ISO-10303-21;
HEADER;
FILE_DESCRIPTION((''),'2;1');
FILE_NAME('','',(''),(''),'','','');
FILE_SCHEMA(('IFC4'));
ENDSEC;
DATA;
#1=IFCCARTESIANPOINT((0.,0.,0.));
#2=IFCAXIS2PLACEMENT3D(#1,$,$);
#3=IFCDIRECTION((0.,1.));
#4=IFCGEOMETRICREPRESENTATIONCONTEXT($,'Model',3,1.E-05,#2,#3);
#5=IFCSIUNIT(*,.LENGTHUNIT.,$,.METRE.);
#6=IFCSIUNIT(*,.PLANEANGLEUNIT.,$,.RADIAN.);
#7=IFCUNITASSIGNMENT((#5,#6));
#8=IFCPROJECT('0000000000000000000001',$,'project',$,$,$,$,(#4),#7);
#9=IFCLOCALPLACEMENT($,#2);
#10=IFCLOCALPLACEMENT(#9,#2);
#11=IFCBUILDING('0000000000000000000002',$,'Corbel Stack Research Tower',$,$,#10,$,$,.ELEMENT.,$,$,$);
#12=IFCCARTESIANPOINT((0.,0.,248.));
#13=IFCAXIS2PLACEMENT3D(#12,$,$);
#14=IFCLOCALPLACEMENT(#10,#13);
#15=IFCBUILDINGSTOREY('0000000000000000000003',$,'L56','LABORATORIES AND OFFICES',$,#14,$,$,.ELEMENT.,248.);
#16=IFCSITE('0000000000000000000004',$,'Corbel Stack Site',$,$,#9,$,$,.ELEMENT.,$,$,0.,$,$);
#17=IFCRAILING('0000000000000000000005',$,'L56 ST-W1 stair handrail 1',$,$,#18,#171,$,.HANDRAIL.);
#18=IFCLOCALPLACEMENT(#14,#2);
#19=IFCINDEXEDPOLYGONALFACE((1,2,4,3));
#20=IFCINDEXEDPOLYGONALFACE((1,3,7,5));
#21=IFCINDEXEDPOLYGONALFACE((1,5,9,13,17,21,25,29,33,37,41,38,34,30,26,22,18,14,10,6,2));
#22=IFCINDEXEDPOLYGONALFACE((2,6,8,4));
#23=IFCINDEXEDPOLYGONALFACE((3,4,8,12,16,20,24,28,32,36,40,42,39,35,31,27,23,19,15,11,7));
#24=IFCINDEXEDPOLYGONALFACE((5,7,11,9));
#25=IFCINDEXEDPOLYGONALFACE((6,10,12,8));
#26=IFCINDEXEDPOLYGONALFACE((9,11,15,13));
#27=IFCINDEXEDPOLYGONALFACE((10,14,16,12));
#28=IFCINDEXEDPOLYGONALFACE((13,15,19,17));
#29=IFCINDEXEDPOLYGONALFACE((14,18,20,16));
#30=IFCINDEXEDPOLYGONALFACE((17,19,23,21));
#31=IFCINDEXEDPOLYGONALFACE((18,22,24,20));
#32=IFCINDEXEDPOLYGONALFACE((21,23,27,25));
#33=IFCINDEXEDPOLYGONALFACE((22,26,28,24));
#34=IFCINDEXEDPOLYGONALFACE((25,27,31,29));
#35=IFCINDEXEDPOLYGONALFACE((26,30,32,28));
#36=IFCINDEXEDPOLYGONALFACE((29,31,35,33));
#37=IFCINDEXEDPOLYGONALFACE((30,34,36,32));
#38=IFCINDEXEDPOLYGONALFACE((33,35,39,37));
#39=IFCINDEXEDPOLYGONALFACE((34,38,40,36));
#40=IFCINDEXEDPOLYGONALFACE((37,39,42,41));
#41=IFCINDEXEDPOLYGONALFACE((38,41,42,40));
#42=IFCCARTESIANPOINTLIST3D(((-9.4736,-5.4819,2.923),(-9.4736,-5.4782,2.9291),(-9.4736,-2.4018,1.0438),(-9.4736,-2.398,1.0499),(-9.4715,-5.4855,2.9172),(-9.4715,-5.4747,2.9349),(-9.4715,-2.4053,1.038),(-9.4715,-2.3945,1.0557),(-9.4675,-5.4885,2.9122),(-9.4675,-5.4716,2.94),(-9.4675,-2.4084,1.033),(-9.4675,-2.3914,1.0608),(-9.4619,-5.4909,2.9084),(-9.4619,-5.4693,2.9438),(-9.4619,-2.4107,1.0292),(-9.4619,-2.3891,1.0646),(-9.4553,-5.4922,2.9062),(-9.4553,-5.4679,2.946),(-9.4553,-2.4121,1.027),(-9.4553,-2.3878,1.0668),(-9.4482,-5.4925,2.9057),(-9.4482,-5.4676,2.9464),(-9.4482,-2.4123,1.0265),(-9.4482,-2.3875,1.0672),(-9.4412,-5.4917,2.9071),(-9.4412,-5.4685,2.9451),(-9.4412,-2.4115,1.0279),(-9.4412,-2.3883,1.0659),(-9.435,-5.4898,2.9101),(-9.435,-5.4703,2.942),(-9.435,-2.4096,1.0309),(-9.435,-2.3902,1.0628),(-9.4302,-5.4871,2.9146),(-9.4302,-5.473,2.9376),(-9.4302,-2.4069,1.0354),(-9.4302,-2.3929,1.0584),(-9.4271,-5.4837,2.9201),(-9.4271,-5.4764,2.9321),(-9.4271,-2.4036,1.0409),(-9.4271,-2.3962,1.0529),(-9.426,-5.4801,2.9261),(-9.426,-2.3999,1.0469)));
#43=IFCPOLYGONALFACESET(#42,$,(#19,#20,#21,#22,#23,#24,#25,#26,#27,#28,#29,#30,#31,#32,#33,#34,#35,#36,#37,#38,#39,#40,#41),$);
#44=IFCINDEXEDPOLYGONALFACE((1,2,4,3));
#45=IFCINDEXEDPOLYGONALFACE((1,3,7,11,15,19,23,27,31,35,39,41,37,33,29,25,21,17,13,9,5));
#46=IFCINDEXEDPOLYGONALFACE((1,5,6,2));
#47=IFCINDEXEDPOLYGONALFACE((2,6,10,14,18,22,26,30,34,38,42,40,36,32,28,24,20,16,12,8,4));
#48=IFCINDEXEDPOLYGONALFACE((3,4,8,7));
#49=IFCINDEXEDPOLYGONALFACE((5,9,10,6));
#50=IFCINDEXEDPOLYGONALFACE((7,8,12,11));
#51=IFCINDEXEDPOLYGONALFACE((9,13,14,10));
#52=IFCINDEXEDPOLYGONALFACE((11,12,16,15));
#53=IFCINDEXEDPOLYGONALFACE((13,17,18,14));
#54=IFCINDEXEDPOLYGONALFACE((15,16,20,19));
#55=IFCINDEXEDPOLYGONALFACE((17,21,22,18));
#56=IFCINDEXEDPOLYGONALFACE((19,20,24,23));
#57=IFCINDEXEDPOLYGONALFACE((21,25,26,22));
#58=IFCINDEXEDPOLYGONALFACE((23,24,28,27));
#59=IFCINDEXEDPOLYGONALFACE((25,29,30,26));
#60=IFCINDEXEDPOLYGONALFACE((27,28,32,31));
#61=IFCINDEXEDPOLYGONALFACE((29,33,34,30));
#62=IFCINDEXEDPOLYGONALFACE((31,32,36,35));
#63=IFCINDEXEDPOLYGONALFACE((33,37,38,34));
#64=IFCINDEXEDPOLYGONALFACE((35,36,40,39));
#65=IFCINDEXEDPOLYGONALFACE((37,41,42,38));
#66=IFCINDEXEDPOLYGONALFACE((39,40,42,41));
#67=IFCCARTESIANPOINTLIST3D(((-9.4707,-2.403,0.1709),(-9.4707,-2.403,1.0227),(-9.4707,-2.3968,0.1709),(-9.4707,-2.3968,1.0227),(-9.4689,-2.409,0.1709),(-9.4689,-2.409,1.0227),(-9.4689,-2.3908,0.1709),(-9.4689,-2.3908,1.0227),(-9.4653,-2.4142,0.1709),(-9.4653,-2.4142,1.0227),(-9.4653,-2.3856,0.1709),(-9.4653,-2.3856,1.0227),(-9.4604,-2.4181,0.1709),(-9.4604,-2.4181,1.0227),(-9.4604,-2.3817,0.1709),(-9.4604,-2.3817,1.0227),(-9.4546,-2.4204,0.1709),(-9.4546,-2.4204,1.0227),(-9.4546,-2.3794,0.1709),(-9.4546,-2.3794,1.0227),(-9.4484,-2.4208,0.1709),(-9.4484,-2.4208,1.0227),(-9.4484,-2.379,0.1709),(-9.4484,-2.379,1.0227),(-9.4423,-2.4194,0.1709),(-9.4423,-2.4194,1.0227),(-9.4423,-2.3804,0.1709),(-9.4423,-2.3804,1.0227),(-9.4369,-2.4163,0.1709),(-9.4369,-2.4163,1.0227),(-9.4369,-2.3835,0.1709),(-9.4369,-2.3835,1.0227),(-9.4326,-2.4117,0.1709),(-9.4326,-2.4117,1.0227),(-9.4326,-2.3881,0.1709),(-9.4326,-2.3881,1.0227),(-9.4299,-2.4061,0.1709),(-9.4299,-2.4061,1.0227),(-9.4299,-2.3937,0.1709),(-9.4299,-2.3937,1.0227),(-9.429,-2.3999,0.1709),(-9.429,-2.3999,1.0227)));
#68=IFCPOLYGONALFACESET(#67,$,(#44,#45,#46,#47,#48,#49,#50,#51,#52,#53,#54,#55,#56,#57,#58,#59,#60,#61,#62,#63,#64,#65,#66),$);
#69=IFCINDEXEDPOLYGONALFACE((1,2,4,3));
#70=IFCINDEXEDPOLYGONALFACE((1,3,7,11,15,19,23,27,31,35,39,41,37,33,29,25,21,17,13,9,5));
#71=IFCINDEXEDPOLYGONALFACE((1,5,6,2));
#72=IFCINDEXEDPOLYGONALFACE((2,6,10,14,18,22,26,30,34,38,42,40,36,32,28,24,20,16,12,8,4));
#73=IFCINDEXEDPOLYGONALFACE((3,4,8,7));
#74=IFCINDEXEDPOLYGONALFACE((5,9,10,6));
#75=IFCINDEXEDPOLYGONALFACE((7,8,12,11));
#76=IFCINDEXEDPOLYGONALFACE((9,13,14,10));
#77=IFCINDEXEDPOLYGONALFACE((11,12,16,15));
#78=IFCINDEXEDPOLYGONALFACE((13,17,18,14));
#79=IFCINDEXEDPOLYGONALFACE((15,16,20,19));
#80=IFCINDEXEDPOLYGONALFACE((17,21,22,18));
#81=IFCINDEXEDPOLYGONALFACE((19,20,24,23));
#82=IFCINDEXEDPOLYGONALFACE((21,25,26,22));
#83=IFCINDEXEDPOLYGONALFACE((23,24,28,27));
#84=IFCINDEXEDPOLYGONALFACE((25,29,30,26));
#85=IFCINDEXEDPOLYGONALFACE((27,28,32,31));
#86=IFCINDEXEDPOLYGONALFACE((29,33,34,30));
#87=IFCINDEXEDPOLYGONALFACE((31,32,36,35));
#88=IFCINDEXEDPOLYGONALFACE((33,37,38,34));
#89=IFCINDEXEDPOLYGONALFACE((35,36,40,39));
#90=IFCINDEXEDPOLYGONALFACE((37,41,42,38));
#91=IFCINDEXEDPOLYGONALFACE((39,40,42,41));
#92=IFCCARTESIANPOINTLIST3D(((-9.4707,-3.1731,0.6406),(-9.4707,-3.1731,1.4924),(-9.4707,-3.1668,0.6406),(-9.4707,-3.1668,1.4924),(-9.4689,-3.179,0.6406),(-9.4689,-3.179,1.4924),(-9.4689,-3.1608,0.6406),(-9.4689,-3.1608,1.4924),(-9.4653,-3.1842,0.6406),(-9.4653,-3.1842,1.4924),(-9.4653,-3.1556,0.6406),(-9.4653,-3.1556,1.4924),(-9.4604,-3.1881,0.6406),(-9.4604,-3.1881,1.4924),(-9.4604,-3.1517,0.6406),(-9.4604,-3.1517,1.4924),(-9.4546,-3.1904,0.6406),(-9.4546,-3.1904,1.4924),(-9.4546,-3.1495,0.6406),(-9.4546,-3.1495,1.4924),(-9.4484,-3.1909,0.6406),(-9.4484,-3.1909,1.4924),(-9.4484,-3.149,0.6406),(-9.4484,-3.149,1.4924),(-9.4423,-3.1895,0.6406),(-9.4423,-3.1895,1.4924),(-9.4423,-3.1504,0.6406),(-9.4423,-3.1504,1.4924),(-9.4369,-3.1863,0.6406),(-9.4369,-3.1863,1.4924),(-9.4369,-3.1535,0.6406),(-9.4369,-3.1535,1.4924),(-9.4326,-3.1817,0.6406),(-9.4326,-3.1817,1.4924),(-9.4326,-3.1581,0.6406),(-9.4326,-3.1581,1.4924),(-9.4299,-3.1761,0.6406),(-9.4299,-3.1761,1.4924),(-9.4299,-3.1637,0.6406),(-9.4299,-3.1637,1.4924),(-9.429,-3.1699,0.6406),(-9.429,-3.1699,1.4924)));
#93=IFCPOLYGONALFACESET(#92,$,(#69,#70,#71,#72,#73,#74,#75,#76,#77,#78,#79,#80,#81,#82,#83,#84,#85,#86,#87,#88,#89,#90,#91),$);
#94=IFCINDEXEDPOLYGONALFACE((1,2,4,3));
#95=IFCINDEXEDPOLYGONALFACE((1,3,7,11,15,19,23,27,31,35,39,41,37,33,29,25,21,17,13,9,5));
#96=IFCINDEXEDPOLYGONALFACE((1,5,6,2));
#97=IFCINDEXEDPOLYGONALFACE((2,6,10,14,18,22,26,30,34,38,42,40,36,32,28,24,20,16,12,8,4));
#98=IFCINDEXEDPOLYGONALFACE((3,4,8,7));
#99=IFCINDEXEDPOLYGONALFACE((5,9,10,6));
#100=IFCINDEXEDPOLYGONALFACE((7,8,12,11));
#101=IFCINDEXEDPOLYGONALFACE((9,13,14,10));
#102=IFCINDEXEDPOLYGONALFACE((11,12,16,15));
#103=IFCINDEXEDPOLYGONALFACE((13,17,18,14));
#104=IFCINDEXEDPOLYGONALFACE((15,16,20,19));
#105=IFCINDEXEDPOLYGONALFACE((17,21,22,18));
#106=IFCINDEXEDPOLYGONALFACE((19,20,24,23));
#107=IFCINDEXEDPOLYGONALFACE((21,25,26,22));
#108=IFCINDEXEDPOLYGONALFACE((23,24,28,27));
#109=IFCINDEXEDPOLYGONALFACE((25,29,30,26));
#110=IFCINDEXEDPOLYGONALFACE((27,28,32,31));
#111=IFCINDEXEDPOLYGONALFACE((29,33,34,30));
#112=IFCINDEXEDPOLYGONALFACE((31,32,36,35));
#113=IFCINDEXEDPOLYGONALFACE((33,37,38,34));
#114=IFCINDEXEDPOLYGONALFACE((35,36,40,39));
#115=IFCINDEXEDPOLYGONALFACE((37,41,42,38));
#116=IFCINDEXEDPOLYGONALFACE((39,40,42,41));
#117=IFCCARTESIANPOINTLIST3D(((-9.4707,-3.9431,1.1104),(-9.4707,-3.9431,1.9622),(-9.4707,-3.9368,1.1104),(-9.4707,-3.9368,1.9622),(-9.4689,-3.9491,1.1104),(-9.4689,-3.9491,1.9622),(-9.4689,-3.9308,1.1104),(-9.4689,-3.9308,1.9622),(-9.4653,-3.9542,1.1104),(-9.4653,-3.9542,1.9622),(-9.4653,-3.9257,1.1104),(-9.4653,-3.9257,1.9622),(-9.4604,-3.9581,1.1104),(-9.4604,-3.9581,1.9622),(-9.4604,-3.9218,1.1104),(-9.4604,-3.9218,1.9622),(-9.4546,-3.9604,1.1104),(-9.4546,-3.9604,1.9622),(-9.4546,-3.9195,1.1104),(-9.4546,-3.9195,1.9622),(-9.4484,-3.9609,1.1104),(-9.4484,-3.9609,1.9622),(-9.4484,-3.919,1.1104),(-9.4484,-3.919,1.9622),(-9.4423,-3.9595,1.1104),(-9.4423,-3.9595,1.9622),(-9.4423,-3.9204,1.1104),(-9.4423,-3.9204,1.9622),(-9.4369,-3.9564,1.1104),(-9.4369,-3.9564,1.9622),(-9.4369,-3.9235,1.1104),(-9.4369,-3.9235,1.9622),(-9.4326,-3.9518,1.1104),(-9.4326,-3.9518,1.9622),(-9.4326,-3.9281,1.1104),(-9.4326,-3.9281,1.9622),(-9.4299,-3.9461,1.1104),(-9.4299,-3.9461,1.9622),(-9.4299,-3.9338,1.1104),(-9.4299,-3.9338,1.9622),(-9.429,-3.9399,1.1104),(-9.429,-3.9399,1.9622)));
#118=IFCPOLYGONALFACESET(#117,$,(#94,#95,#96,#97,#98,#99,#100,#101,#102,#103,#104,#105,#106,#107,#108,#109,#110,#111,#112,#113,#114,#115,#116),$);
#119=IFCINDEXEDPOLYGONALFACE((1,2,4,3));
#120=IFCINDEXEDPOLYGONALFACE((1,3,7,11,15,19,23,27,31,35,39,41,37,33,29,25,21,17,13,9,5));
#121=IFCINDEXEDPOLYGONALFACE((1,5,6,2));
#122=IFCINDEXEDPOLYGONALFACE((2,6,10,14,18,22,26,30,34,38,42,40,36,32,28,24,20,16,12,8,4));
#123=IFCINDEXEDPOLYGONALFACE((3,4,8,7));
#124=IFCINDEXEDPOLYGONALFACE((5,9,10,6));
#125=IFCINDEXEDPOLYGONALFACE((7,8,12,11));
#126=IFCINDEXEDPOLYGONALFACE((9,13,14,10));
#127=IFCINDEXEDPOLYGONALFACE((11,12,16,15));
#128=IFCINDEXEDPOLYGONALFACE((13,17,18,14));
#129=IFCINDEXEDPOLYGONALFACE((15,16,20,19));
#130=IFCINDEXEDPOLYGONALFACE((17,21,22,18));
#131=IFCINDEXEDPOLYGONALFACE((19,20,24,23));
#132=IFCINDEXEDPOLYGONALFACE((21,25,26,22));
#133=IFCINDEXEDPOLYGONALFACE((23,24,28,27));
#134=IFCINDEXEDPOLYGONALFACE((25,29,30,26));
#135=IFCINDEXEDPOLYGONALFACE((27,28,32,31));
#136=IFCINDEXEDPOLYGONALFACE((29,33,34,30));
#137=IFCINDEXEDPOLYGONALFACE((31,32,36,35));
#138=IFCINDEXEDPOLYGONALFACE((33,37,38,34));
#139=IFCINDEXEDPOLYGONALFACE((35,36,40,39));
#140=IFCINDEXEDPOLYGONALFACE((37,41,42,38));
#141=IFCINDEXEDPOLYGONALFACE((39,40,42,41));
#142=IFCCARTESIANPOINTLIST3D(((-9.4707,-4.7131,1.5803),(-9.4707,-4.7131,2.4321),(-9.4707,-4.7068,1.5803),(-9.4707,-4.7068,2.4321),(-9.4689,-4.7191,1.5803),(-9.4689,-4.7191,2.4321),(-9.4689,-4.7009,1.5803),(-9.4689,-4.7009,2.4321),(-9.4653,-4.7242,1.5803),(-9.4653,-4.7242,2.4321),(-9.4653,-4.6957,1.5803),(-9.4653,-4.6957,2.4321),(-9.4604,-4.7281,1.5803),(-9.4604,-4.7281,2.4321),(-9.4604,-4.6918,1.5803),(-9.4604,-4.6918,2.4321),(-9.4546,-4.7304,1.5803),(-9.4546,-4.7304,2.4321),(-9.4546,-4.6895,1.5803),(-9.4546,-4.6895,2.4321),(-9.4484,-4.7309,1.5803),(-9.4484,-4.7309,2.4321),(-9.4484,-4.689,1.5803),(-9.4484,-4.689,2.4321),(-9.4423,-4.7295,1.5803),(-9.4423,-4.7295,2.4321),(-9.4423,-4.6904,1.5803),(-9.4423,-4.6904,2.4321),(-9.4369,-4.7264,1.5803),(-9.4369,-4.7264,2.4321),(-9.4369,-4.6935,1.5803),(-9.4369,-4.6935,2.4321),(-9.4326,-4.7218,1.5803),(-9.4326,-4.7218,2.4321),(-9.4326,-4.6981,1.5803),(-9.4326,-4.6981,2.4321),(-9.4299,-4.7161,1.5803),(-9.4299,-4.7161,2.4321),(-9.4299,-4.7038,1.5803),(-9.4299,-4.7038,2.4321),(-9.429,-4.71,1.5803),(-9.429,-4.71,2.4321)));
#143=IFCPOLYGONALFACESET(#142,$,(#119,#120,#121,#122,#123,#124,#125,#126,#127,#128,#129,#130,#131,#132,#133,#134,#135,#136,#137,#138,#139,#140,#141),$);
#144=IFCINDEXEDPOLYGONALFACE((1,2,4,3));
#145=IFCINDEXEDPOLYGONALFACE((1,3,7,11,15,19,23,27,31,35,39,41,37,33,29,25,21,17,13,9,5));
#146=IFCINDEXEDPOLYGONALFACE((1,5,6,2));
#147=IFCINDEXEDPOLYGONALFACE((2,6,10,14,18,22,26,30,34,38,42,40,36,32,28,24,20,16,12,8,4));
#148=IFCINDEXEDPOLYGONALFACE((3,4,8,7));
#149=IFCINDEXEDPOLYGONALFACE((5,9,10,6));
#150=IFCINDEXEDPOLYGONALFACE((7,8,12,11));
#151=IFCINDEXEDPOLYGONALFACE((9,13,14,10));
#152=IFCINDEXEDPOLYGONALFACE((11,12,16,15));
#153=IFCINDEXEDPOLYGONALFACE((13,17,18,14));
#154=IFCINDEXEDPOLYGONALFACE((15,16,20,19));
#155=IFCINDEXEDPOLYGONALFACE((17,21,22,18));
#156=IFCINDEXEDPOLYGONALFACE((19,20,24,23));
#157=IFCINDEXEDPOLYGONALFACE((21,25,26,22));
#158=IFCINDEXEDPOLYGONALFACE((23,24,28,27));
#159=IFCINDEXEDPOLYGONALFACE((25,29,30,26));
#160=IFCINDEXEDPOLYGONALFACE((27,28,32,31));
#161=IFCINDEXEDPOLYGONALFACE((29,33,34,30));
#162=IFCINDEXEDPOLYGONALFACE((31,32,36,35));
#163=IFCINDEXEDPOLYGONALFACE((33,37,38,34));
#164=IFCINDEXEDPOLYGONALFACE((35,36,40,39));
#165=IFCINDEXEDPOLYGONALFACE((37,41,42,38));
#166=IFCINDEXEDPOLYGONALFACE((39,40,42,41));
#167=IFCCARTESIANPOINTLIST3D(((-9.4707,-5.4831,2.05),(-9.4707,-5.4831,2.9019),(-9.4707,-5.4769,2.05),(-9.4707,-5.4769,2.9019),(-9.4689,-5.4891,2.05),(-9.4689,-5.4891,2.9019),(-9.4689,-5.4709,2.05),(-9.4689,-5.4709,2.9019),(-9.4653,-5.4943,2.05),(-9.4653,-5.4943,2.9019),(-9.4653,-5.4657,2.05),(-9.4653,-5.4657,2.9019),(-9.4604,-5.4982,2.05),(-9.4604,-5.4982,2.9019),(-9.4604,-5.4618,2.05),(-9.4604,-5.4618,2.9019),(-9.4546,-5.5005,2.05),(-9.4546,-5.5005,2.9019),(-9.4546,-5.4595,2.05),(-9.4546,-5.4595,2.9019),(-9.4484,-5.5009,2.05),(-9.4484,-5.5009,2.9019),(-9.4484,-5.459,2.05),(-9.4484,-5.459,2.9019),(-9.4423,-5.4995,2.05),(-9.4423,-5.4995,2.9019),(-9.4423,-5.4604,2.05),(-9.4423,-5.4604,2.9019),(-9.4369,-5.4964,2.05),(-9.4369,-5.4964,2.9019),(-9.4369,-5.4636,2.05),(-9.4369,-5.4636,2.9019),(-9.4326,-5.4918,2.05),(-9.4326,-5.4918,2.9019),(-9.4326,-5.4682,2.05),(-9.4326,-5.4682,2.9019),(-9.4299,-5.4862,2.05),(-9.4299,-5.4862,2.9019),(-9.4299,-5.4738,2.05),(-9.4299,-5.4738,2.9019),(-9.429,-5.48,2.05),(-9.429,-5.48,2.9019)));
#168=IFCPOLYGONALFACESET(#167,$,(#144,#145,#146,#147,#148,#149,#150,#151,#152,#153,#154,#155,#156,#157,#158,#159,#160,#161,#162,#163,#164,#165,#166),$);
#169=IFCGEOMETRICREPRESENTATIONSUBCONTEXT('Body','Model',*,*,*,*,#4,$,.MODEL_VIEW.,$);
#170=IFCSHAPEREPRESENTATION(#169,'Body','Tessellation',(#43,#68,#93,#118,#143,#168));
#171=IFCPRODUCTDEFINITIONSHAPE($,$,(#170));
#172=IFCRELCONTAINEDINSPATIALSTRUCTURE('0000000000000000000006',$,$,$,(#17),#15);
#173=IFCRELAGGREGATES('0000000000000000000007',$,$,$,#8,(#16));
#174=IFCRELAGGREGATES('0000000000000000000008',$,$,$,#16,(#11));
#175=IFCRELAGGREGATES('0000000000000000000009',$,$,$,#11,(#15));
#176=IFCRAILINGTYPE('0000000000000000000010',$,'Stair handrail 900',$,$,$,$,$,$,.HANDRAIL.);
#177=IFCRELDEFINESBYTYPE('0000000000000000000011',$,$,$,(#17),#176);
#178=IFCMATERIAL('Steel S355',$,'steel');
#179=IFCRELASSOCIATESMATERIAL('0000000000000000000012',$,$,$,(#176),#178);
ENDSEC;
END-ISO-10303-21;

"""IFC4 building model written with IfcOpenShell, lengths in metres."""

from ifc_helpers import new_model, si_unit, direction, frame, origin, origin_2d, place, context, subcontext, project, spatial, circle, extrude, material, type_object, element, save


model = new_model("IFC4")

# Units and contexts
model_context = context("Model", 3, precision=1e-05, world=origin(), true_north=direction((0.0, 1.0)))
body_context = subcontext(model_context, "Body", "Model", "MODEL_VIEW")
ifc_project = project(units=[si_unit("LENGTHUNIT", "METRE"), si_unit("PLANEANGLEUNIT", "RADIAN")], contexts=[model_context])

# Site, building, storey
site_placement = place(None, origin())
site = spatial("IfcSite", under=ifc_project, at=site_placement, Name="Corbel Stack Site", CompositionType="ELEMENT", RefElevation=0.0)
building_placement = place(site_placement, origin())
building = spatial("IfcBuilding", under=site, at=building_placement, Name="Corbel Stack Research Tower", CompositionType="ELEMENT")
storey_placement = place(building_placement, frame((0.0, 0.0, 248.0)))
storey = spatial("IfcBuildingStorey", under=building, at=storey_placement, Name="L56", Description="LABORATORIES AND OFFICES", CompositionType="ELEMENT", Elevation=248.0)

# Railing
ifc_material_1 = material(Name="Steel S355", Category="steel")
railing_type_1 = type_object("IfcRailingType", Name="Stair handrail 900", PredefinedType="HANDRAIL", material=ifc_material_1)
railing_1_placement = place(storey_placement, frame((-9.45, -2.3999, 0.1709)))
element("IfcRailing", 1, at=railing_1_placement, inside=storey, type_object=railing_type_1, Name="L56 ST-W1 stair handrail 1", PredefinedType="HANDRAIL", context=body_context, shape_type="SweptSolid", body=[
    extrude(circle(Radius=0.0239, at=origin_2d()), frame((0.0, 0.0, 0.876), z_axis=(0.0, -0.853666, 0.52082), x_axis=(1.0, 0.0, 0.0)), (0.0, 0.0, 1.0), 3.6082),
    extrude(circle(Radius=0.021, at=origin_2d()), origin(), (0.0, 0.0, 1.0), 0.8518),
    extrude(circle(Radius=0.021, at=origin_2d()), frame((0.0, -0.77, 0.4697)), (0.0, 0.0, 1.0), 0.8518),
    extrude(circle(Radius=0.021, at=origin_2d()), frame((0.0, -1.54, 0.9395)), (0.0, 0.0, 1.0), 0.8518),
    extrude(circle(Radius=0.021, at=origin_2d()), frame((0.0, -2.3101, 1.4094)), (0.0, 0.0, 1.0), 0.8518),
    extrude(circle(Radius=0.021, at=origin_2d()), frame((0.0, -3.0801, 1.8792)), (0.0, 0.0, 1.0), 0.8518),
])

save(model, "model.ifc")
